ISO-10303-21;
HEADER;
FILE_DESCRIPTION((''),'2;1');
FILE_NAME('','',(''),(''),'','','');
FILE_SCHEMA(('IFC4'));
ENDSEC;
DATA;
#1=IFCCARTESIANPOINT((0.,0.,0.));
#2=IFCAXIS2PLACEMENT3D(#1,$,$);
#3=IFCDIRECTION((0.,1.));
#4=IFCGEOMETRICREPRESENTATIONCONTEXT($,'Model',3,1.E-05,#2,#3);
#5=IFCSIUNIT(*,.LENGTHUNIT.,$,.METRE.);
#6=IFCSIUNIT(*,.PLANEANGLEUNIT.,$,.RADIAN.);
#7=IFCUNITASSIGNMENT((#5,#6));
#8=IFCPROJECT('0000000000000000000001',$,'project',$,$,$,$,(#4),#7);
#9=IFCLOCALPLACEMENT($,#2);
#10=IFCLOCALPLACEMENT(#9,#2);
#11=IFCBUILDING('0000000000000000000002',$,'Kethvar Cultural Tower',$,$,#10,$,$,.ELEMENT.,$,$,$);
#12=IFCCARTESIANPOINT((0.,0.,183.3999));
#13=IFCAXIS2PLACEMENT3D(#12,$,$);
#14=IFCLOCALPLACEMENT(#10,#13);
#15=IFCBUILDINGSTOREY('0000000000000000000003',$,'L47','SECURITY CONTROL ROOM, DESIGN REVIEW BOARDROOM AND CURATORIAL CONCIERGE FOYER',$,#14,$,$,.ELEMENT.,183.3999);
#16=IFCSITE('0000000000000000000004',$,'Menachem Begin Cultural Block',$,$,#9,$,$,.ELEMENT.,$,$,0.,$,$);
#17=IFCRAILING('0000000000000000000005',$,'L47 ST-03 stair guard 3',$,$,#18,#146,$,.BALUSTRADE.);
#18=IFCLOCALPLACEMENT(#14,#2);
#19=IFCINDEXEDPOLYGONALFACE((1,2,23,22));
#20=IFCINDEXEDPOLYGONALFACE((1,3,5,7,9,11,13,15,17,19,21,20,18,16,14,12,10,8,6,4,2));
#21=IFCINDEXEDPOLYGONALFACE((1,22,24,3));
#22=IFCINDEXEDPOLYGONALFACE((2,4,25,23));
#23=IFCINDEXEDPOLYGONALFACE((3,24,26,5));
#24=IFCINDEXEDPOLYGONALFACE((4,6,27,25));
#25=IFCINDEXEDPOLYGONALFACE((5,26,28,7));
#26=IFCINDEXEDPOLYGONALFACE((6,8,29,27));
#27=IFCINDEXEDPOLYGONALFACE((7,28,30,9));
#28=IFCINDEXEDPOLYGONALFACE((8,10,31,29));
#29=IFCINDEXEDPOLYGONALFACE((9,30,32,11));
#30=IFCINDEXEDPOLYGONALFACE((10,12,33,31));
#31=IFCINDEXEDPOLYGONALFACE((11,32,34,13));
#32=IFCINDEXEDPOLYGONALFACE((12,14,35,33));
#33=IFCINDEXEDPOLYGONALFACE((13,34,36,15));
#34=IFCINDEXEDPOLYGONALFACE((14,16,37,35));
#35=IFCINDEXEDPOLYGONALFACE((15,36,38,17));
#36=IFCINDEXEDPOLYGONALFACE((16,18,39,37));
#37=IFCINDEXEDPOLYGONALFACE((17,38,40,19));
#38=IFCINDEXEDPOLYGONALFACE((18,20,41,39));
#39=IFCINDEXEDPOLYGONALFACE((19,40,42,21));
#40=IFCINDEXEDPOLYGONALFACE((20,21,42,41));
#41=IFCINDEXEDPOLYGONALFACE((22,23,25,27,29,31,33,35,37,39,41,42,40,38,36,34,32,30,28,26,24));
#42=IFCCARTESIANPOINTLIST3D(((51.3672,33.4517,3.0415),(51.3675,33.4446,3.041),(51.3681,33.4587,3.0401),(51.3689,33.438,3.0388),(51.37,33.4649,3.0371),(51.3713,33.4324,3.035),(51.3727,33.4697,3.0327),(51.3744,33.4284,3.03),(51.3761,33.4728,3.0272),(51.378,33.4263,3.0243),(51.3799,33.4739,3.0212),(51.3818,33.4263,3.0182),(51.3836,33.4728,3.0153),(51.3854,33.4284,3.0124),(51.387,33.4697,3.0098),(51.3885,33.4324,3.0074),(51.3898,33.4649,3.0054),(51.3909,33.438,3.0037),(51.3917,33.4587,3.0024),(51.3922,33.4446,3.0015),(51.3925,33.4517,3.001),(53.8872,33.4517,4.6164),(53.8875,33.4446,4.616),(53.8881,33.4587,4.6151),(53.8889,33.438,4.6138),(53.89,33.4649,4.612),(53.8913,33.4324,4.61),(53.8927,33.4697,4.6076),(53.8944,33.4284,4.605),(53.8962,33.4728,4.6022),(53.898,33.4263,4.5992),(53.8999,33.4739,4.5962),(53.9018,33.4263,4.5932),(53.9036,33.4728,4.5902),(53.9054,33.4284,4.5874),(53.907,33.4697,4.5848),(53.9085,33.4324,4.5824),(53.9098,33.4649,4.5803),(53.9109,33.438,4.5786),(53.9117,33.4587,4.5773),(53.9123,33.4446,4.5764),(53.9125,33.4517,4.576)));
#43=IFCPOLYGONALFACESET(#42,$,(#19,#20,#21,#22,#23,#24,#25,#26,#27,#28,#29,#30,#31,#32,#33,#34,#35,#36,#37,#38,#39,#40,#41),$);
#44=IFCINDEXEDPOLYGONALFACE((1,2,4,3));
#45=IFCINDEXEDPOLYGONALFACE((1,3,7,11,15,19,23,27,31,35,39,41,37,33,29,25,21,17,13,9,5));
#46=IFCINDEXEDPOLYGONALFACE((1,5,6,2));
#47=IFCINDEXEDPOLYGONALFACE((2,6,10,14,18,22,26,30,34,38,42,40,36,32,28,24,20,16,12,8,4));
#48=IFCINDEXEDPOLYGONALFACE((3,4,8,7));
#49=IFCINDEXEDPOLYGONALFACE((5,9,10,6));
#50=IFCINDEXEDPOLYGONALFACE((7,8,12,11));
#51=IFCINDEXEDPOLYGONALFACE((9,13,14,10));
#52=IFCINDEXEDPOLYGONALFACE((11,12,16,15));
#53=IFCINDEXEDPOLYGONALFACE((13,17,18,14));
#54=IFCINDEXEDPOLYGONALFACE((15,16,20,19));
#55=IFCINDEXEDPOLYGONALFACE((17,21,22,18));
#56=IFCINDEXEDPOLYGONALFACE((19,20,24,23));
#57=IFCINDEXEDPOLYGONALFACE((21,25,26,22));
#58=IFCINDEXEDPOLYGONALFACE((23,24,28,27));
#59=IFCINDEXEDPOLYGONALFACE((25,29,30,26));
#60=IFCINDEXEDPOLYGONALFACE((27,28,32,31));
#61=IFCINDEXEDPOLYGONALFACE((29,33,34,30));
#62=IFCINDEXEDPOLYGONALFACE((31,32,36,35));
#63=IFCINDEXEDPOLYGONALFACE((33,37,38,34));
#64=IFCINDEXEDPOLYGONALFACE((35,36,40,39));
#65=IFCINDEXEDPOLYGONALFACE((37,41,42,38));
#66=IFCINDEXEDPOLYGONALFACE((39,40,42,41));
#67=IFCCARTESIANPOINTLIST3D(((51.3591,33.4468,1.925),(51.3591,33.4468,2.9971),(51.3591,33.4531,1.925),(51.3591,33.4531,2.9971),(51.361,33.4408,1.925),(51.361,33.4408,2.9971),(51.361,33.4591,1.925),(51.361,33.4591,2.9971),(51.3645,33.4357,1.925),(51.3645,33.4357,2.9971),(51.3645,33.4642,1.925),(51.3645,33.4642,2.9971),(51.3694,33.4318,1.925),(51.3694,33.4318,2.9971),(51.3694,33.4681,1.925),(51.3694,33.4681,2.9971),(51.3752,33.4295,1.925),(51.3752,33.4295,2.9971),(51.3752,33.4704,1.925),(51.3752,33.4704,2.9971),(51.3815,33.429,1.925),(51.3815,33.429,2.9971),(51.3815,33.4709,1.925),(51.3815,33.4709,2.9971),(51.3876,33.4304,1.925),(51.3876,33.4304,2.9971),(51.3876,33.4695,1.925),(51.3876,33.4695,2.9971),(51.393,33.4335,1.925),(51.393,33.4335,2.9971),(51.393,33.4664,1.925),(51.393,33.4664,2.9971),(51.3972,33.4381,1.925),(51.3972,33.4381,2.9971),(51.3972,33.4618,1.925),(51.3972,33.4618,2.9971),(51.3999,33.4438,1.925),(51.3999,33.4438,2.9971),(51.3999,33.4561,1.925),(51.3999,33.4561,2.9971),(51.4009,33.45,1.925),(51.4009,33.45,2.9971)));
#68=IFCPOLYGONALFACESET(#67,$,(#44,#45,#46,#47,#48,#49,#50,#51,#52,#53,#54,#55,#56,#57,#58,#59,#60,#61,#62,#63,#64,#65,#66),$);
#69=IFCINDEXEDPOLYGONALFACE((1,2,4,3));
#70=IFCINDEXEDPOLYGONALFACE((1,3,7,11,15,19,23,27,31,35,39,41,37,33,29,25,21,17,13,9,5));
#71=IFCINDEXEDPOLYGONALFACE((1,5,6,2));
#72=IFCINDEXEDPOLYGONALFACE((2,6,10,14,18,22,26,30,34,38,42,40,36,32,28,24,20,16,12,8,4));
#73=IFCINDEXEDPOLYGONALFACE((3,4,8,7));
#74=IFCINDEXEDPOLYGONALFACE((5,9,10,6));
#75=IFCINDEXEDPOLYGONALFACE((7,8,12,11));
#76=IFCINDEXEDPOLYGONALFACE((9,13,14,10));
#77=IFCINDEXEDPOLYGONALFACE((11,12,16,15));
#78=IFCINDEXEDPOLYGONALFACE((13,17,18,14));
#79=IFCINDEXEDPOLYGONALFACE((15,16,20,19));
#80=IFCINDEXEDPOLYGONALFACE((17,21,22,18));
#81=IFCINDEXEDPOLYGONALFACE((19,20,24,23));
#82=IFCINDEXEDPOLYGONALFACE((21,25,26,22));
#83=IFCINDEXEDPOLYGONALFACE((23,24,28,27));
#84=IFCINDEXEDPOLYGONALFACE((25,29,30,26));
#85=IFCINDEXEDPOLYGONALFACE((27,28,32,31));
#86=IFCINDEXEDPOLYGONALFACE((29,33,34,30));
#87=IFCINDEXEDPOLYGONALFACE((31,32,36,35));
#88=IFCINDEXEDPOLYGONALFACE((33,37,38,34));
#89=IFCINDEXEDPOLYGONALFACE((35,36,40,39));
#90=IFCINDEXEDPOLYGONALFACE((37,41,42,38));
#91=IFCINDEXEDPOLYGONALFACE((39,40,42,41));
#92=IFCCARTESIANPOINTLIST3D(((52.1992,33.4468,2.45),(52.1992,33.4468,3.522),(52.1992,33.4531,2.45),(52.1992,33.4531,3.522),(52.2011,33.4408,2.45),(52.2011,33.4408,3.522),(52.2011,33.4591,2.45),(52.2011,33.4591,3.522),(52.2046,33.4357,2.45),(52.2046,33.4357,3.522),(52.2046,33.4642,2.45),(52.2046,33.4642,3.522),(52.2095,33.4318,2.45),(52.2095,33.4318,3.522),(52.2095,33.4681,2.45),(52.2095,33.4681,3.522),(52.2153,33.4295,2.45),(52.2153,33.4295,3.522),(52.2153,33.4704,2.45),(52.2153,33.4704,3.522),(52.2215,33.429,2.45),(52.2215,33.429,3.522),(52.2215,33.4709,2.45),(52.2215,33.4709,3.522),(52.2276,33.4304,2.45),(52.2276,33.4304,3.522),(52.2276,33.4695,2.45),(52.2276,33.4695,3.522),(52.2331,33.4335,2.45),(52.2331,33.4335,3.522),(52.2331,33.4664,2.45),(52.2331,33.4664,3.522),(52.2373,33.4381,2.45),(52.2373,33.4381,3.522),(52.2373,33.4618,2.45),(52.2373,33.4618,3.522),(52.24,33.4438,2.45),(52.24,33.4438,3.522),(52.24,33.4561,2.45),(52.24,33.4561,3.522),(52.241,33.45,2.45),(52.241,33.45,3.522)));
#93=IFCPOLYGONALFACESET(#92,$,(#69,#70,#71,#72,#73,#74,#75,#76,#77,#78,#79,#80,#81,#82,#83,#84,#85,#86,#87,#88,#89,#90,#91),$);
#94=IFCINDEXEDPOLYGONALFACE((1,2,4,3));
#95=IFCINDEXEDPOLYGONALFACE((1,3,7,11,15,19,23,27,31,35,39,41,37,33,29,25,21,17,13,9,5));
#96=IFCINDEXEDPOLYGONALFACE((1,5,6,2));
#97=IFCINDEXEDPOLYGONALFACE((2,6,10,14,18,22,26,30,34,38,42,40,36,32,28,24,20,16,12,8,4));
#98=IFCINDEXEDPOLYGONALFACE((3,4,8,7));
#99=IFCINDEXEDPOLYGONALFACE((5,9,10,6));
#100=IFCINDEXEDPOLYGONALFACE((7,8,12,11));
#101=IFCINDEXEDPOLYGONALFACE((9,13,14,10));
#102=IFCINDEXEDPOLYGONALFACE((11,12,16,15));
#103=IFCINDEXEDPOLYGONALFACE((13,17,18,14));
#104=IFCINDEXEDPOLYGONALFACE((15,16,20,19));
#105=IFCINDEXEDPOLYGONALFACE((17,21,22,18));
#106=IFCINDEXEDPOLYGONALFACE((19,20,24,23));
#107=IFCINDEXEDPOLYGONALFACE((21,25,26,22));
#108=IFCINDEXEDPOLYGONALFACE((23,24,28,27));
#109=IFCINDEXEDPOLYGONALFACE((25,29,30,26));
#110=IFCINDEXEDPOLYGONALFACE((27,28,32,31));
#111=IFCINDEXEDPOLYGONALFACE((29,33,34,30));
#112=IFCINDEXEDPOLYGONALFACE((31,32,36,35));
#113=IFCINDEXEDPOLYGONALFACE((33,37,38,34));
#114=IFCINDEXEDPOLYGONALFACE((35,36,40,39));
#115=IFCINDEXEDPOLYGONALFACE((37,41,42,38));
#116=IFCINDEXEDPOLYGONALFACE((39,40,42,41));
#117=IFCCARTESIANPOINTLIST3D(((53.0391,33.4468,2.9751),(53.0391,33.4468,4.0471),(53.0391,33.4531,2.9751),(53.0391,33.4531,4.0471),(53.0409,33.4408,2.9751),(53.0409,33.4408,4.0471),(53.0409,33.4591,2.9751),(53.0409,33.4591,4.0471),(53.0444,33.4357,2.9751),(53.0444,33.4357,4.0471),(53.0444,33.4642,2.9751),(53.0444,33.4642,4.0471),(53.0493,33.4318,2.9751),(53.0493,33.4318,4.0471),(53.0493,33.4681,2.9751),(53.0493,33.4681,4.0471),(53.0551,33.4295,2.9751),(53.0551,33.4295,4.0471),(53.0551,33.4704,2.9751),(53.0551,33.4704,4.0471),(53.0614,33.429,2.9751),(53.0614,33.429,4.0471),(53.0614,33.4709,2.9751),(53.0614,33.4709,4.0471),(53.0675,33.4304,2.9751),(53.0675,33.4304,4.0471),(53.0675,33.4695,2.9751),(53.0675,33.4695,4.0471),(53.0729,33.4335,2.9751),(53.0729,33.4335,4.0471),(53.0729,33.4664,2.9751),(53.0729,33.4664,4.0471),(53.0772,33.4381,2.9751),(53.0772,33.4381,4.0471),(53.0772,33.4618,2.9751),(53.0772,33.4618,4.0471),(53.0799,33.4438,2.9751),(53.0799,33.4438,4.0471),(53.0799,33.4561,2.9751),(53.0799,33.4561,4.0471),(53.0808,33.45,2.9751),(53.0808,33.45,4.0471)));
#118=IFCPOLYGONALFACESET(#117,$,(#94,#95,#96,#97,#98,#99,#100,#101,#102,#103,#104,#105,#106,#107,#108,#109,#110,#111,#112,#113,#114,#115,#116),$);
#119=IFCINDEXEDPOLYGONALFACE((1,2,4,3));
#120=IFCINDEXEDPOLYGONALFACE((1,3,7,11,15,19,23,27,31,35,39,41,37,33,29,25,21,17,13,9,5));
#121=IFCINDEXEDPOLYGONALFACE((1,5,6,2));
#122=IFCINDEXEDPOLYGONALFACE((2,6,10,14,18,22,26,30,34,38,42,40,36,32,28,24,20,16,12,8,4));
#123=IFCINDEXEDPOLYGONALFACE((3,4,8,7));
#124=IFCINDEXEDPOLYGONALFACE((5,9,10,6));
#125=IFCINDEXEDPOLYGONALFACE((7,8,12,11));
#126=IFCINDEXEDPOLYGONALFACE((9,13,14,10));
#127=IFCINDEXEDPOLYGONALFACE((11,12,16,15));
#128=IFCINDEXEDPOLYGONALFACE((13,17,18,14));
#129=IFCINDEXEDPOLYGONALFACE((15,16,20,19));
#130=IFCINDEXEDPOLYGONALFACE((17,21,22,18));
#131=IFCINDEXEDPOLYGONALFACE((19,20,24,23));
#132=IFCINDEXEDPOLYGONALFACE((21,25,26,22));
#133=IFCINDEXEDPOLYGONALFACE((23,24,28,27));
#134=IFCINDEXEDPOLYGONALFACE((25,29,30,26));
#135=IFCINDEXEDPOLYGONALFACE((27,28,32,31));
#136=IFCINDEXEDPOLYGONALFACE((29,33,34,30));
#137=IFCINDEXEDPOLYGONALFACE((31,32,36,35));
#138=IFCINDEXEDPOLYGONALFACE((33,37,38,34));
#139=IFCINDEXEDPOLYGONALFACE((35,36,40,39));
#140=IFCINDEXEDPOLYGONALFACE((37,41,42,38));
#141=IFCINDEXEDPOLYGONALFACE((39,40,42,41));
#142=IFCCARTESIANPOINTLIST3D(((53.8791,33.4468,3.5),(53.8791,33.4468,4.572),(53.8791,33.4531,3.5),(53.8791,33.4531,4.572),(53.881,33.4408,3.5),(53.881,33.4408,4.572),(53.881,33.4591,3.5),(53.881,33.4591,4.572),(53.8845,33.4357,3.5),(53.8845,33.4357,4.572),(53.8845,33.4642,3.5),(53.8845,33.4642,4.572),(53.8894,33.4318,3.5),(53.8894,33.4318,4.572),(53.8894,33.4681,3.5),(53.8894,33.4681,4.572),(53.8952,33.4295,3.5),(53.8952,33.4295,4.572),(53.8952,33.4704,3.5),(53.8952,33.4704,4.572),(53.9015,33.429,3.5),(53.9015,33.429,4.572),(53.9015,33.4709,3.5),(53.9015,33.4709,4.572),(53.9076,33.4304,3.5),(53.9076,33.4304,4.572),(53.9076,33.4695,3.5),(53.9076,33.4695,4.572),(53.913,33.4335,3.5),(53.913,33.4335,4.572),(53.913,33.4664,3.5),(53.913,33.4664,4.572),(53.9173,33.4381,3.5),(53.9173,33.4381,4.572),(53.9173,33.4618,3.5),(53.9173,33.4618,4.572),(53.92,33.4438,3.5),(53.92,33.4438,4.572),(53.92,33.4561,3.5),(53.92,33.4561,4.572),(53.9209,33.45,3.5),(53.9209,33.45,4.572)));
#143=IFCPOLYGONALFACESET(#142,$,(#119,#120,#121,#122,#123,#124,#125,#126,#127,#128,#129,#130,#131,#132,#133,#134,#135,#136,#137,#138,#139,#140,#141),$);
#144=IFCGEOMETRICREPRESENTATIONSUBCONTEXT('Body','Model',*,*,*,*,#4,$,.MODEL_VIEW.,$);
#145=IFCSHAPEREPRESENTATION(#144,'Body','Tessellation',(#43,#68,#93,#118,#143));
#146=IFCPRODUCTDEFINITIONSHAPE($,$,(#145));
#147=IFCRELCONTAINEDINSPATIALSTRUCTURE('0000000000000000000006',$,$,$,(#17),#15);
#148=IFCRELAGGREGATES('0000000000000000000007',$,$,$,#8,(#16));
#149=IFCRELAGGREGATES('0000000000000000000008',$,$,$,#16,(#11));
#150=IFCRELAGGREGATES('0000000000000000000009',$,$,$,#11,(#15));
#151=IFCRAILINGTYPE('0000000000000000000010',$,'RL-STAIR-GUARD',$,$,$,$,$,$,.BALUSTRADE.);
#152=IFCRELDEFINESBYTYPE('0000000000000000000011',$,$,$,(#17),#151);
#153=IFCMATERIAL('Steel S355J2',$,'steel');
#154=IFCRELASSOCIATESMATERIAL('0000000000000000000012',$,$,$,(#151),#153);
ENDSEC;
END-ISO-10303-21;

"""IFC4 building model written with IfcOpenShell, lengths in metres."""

from ifc_helpers import new_model, si_unit, direction, frame, origin, origin_2d, place, context, subcontext, project, spatial, circle, extrude, material, type_object, element, save


model = new_model("IFC4")

# Units and contexts
model_context = context("Model", 3, precision=1e-05, world=origin(), true_north=direction((0.0, 1.0)))
body_context = subcontext(model_context, "Body", "Model", "MODEL_VIEW")
ifc_project = project(units=[si_unit("LENGTHUNIT", "METRE"), si_unit("PLANEANGLEUNIT", "RADIAN")], contexts=[model_context])

# Site, building, storey
site_placement = place(None, origin())
site = spatial("IfcSite", under=ifc_project, at=site_placement, Name="Menachem Begin Cultural Block", CompositionType="ELEMENT", RefElevation=0.0)
building_placement = place(site_placement, origin())
building = spatial("IfcBuilding", under=site, at=building_placement, Name="Kethvar Cultural Tower", CompositionType="ELEMENT")
storey_placement = place(building_placement, frame((0.0, 0.0, 183.3999)))
storey = spatial("IfcBuildingStorey", under=building, at=storey_placement, Name="L47", Description="SECURITY CONTROL ROOM, DESIGN REVIEW BOARDROOM AND CURATORIAL CONCIERGE FOYER", CompositionType="ELEMENT", Elevation=183.3999)

# Shared definitions
ifc_material_1 = material(Name="Steel S355J2", Category="steel")

# Railing
railing_type_1 = type_object("IfcRailingType", Name="RL-STAIR-GUARD", PredefinedType="BALUSTRADE", material=ifc_material_1)
railing_1_placement = place(storey_placement, frame((51.3799, 33.45, 1.925)))
element("IfcRailing", 1, at=railing_1_placement, inside=storey, type_object=railing_type_1, Name="L47 ST-03 stair guard 3", PredefinedType="BALUSTRADE", context=body_context, shape_type="SweptSolid", body=[
    extrude(circle(Radius=0.0239, at=origin_2d()), frame((0.0, 0.0, 1.0962), z_axis=(0.848008, 0.0, 0.529984), x_axis=(0.0, 1.0, 0.0)), (0.0, 0.0, 1.0), 2.9717),
    extrude(circle(Radius=0.021, at=origin_2d()), origin(), (0.0, 0.0, 1.0), 1.072),
    extrude(circle(Radius=0.021, at=origin_2d()), frame((0.8401, 0.0, 0.5249)), (0.0, 0.0, 1.0), 1.072),
    extrude(circle(Radius=0.021, at=origin_2d()), frame((1.6799, 0.0, 1.05)), (0.0, 0.0, 1.0), 1.072),
    extrude(circle(Radius=0.021, at=origin_2d()), frame((2.52, 0.0, 1.575)), (0.0, 0.0, 1.0), 1.072),
])

save(model, "model.ifc")
